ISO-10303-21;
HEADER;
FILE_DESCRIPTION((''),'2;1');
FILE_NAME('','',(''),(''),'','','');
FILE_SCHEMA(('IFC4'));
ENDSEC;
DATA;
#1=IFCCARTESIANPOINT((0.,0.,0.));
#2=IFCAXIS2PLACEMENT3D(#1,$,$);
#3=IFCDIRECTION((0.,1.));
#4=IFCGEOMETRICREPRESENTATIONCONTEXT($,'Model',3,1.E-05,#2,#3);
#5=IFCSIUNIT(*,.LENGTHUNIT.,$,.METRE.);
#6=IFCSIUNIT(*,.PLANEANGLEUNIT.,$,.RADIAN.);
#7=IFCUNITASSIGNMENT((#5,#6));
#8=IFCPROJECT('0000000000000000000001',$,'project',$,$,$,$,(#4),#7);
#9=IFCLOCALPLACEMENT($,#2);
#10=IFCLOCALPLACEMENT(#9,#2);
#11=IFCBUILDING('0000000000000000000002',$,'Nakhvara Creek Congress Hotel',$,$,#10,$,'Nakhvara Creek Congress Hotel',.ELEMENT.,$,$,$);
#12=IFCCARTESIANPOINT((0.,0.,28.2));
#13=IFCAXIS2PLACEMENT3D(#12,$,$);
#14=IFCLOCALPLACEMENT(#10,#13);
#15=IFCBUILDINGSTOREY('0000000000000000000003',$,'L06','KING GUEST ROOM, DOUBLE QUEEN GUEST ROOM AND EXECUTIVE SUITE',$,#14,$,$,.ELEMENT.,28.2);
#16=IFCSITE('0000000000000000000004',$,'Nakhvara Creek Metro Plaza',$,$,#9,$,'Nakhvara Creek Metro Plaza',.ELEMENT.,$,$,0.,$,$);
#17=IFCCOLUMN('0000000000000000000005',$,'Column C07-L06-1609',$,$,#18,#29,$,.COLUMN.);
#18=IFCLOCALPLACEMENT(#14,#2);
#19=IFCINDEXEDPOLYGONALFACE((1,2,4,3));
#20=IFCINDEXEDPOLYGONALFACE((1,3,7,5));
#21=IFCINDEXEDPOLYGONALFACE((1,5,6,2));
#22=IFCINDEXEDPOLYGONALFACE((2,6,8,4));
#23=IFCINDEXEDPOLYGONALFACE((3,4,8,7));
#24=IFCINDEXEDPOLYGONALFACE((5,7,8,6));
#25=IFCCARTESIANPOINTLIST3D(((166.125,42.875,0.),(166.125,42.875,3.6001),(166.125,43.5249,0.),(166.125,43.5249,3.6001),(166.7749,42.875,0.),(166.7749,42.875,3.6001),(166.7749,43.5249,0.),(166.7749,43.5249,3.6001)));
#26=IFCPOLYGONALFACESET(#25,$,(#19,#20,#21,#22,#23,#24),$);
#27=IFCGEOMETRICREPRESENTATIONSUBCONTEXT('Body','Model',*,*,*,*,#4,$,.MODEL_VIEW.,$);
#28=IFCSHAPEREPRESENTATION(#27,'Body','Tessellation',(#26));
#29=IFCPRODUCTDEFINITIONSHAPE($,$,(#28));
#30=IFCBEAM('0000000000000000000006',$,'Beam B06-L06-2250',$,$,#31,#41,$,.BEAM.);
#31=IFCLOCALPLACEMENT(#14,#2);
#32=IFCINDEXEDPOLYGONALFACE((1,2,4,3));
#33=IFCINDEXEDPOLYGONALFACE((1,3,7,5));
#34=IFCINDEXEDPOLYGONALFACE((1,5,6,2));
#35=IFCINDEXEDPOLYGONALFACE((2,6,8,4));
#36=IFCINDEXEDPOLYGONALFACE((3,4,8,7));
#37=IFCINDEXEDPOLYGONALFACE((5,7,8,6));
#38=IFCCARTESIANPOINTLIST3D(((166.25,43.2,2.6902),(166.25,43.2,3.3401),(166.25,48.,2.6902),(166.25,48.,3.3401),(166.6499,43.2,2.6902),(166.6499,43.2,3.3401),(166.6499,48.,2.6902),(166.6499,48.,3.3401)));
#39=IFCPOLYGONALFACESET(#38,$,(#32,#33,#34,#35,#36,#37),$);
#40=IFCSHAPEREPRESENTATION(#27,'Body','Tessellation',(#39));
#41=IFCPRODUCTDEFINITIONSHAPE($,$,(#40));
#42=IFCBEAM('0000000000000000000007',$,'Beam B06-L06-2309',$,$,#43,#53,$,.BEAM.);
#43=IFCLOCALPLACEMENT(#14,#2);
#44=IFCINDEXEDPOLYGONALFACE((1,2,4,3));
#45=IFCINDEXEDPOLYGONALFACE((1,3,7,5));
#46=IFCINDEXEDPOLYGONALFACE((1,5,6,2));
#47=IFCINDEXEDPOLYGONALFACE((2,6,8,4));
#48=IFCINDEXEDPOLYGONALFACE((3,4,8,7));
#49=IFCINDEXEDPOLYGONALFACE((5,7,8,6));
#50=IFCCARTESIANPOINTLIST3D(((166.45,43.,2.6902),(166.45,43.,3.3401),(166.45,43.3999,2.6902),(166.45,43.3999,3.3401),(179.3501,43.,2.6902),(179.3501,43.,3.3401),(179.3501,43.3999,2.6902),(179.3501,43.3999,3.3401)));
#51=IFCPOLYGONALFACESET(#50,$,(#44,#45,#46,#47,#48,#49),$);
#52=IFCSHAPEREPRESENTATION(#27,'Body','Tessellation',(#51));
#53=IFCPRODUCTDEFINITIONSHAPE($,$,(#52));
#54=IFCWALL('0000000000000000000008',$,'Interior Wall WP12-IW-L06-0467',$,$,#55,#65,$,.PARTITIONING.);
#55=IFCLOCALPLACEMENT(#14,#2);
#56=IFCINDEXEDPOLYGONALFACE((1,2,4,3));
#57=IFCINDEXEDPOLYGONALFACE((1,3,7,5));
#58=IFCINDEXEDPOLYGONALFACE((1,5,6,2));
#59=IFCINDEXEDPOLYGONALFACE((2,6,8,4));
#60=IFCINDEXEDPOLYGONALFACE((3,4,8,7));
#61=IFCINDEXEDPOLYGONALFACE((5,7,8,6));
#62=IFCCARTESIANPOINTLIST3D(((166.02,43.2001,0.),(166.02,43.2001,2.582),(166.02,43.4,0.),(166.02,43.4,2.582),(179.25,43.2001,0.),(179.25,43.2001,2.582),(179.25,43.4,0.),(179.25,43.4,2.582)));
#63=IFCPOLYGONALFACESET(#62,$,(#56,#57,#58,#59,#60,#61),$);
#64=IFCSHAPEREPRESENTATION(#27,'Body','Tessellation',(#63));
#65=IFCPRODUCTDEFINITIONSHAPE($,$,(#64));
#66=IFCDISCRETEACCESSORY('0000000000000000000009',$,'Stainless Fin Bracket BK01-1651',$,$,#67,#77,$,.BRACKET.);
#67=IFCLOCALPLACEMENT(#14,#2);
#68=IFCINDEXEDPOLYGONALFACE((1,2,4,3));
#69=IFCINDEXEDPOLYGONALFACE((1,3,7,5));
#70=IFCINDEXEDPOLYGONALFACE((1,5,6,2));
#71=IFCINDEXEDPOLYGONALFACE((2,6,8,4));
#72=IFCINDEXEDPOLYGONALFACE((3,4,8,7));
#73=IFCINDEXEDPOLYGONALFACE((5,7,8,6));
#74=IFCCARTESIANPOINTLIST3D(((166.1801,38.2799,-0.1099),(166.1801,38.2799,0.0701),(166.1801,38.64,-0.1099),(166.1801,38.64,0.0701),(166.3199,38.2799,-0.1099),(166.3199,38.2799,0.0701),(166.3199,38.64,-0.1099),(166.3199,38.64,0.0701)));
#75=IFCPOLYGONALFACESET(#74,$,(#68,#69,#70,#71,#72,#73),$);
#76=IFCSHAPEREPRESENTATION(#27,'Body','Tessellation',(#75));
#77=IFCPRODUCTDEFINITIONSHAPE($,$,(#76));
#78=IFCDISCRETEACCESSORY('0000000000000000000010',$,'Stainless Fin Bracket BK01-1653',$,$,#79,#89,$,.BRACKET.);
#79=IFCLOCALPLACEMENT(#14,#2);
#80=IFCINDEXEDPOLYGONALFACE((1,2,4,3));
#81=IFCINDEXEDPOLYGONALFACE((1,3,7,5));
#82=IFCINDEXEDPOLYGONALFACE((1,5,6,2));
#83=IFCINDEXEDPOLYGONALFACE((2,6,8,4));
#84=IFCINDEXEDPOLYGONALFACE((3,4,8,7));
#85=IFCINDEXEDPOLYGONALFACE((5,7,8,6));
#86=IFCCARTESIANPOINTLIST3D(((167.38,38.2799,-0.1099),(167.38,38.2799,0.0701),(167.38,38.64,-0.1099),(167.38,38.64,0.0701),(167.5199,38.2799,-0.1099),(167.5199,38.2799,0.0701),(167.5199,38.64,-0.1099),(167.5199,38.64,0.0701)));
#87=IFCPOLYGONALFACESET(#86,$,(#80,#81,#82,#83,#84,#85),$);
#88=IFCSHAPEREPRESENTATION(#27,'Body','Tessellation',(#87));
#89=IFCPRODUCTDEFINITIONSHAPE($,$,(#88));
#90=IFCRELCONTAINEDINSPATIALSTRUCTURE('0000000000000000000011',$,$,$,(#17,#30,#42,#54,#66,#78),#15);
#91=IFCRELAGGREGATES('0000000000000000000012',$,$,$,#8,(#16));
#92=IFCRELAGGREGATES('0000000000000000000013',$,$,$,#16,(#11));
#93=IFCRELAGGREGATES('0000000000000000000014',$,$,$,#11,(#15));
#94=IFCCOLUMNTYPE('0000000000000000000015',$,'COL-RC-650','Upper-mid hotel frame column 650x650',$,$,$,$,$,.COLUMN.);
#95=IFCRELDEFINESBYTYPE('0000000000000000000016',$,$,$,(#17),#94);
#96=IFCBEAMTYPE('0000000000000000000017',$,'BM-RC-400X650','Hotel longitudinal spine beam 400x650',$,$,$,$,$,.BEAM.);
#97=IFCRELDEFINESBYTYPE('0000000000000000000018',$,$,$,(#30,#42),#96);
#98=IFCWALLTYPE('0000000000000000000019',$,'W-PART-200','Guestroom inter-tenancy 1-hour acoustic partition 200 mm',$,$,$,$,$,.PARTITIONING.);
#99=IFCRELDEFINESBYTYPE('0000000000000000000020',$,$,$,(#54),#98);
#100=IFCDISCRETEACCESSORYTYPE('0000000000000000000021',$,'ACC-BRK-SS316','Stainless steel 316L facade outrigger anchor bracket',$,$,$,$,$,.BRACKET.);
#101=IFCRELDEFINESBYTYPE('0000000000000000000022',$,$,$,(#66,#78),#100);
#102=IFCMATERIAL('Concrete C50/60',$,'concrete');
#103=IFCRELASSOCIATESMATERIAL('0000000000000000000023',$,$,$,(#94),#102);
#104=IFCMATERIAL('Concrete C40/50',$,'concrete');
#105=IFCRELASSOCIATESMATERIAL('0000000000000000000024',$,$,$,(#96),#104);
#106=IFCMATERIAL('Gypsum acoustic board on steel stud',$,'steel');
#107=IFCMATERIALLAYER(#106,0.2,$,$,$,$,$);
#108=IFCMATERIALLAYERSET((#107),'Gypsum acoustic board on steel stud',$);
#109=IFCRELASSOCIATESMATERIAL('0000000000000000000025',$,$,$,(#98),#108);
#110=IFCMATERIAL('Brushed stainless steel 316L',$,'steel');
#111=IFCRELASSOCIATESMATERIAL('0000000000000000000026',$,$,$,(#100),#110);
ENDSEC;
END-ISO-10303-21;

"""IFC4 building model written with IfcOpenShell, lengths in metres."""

from ifc_helpers import new_model, si_unit, direction, frame, frame_2d, origin, origin_2d, place, context, subcontext, project, spatial, rectangle, extrude, material, layer, layer_set, material_profile, profile_set, type_object, element, save


model = new_model("IFC4")

# Units and contexts
model_context = context("Model", 3, precision=1e-05, world=origin(), true_north=direction((0.0, 1.0)))
body_context = subcontext(model_context, "Body", "Model", "MODEL_VIEW")
ifc_project = project(units=[si_unit("LENGTHUNIT", "METRE"), si_unit("PLANEANGLEUNIT", "RADIAN")], contexts=[model_context])

# Site, building, storey
site_placement = place(None, origin())
site = spatial("IfcSite", under=ifc_project, at=site_placement, Name="Nakhvara Creek Metro Plaza", LongName="Nakhvara Creek Metro Plaza", CompositionType="ELEMENT", RefElevation=0.0)
building_placement = place(site_placement, origin())
building = spatial("IfcBuilding", under=site, at=building_placement, Name="Nakhvara Creek Congress Hotel", LongName="Nakhvara Creek Congress Hotel", CompositionType="ELEMENT")
storey_placement = place(building_placement, frame((0.0, 0.0, 28.2)))
storey = spatial("IfcBuildingStorey", under=building, at=storey_placement, Name="L06", Description="KING GUEST ROOM, DOUBLE QUEEN GUEST ROOM AND EXECUTIVE SUITE", CompositionType="ELEMENT", Elevation=28.2)

# Column
ifc_material_1 = material(Name="Concrete C50/60", Category="concrete")
ifc_material_profile_1 = material_profile(ifc_material_1, rectangle(XDim=0.6499, YDim=0.6499, at=origin_2d()), Name="RC-COL 650x650", Category="LoadBearing")
ifc_profile_set_1 = profile_set([ifc_material_profile_1], Name="Concrete C50/60")
column_type = type_object("IfcColumnType", Name="COL-RC-650", Description="Upper-mid hotel frame column 650x650", PredefinedType="COLUMN", material=ifc_profile_set_1)
column_placement = place(storey_placement, frame((166.45, 43.2, 0.0), z_axis=(0.0, 0.0, 1.0), x_axis=(1.0, 0.0, 0.0)))
element("IfcColumn", 1, at=column_placement, inside=storey, type_object=column_type, Name="Column C07-L06-1609", PredefinedType="COLUMN", context=body_context, shape_type="SweptSolid", body=[
    extrude(rectangle(XDim=0.6499, YDim=0.6499, at=origin_2d()), origin(), (0.0, 0.0, 1.0), 3.6001),
])

# Beams
ifc_material_2 = material(Name="Concrete C40/50", Category="concrete")
ifc_material_profile_2 = material_profile(ifc_material_2, rectangle(XDim=0.3999, YDim=0.6499, at=origin_2d()), Name="RC-BM 400x650", Category="LoadBearing")
ifc_profile_set_2 = profile_set([ifc_material_profile_2], Name="Concrete C40/50")
beam_type = type_object("IfcBeamType", Name="BM-RC-400X650", Description="Hotel longitudinal spine beam 400x650", PredefinedType="BEAM", material=ifc_profile_set_2)
beam_1_placement = place(storey_placement, frame((166.45, 43.2, 3.0151), z_axis=(0.0, 1.0, 0.0), x_axis=(-1.0, 0.0, 0.0)))
element("IfcBeam", 2, at=beam_1_placement, inside=storey, type_object=beam_type, Name="Beam B06-L06-2250", PredefinedType="BEAM", context=body_context, shape_type="SweptSolid", body=[
    extrude(rectangle(XDim=0.3999, YDim=0.6499, at=origin_2d()), origin(), (0.0, 0.0, 1.0), 4.8),
])
beam_2_placement = place(storey_placement, frame((166.45, 43.2, 3.0151), z_axis=(1.0, 0.0, 0.0), x_axis=(0.0, 1.0, 0.0)))
element("IfcBeam", 3, at=beam_2_placement, inside=storey, type_object=beam_type, Name="Beam B06-L06-2309", PredefinedType="BEAM", context=body_context, shape_type="SweptSolid", body=[
    extrude(rectangle(XDim=0.3999, YDim=0.6499, at=origin_2d()), origin(), (0.0, 0.0, 1.0), 12.9001),
])

# Wall
ifc_material_3 = material(Name="Gypsum acoustic board on steel stud", Category="steel")
ifc_layer = layer(ifc_material_3, 0.2)
ifc_layer_set = layer_set([ifc_layer], Name="Gypsum acoustic board on steel stud")
wall_type = type_object("IfcWallType", Name="W-PART-200", Description="Guestroom inter-tenancy 1-hour acoustic partition 200 mm", PredefinedType="PARTITIONING", material=ifc_layer_set)
wall_placement = place(storey_placement, frame((166.02, 43.3, 0.0), z_axis=(0.0, 0.0, 1.0), x_axis=(1.0, 0.0, 0.0)))
element("IfcWall", 4, at=wall_placement, inside=storey, type_object=wall_type, Name="Interior Wall WP12-IW-L06-0467", PredefinedType="PARTITIONING", context=body_context, shape_type="SweptSolid", body=[
    extrude(rectangle(XDim=13.23, YDim=0.2, at=frame_2d((6.615, 0.0))), origin(), (0.0, 0.0, 1.0), 2.582),
])

# Discrete accessories
ifc_material_4 = material(Name="Brushed stainless steel 316L", Category="steel")
discrete_accessory_type = type_object("IfcDiscreteAccessoryType", Name="ACC-BRK-SS316", Description="Stainless steel 316L facade outrigger anchor bracket", PredefinedType="BRACKET", material=ifc_material_4)
for number, where, z_axis, x_axis, name in (
    (5, (166.25, 38.46, -0.1099), (0.0, 0.0, 1.0), (1.0, 0.0, 0.0), "Stainless Fin Bracket BK01-1651"),
    (6, (167.45, 38.46, -0.1099), (0.0, 0.0, 1.0), (1.0, 0.0, 0.0), "Stainless Fin Bracket BK01-1653"),
):
    element("IfcDiscreteAccessory", number, at=place(storey_placement, frame(where, z_axis=z_axis, x_axis=x_axis)), inside=storey, type_object=discrete_accessory_type, Name=name, PredefinedType="BRACKET", context=body_context, shape_type="SweptSolid", body=[
        extrude(rectangle(XDim=0.1399, YDim=0.3601, at=origin_2d()), origin(), (0.0, 0.0, 1.0), 0.1799),
    ])

save(model, "model.ifc")
